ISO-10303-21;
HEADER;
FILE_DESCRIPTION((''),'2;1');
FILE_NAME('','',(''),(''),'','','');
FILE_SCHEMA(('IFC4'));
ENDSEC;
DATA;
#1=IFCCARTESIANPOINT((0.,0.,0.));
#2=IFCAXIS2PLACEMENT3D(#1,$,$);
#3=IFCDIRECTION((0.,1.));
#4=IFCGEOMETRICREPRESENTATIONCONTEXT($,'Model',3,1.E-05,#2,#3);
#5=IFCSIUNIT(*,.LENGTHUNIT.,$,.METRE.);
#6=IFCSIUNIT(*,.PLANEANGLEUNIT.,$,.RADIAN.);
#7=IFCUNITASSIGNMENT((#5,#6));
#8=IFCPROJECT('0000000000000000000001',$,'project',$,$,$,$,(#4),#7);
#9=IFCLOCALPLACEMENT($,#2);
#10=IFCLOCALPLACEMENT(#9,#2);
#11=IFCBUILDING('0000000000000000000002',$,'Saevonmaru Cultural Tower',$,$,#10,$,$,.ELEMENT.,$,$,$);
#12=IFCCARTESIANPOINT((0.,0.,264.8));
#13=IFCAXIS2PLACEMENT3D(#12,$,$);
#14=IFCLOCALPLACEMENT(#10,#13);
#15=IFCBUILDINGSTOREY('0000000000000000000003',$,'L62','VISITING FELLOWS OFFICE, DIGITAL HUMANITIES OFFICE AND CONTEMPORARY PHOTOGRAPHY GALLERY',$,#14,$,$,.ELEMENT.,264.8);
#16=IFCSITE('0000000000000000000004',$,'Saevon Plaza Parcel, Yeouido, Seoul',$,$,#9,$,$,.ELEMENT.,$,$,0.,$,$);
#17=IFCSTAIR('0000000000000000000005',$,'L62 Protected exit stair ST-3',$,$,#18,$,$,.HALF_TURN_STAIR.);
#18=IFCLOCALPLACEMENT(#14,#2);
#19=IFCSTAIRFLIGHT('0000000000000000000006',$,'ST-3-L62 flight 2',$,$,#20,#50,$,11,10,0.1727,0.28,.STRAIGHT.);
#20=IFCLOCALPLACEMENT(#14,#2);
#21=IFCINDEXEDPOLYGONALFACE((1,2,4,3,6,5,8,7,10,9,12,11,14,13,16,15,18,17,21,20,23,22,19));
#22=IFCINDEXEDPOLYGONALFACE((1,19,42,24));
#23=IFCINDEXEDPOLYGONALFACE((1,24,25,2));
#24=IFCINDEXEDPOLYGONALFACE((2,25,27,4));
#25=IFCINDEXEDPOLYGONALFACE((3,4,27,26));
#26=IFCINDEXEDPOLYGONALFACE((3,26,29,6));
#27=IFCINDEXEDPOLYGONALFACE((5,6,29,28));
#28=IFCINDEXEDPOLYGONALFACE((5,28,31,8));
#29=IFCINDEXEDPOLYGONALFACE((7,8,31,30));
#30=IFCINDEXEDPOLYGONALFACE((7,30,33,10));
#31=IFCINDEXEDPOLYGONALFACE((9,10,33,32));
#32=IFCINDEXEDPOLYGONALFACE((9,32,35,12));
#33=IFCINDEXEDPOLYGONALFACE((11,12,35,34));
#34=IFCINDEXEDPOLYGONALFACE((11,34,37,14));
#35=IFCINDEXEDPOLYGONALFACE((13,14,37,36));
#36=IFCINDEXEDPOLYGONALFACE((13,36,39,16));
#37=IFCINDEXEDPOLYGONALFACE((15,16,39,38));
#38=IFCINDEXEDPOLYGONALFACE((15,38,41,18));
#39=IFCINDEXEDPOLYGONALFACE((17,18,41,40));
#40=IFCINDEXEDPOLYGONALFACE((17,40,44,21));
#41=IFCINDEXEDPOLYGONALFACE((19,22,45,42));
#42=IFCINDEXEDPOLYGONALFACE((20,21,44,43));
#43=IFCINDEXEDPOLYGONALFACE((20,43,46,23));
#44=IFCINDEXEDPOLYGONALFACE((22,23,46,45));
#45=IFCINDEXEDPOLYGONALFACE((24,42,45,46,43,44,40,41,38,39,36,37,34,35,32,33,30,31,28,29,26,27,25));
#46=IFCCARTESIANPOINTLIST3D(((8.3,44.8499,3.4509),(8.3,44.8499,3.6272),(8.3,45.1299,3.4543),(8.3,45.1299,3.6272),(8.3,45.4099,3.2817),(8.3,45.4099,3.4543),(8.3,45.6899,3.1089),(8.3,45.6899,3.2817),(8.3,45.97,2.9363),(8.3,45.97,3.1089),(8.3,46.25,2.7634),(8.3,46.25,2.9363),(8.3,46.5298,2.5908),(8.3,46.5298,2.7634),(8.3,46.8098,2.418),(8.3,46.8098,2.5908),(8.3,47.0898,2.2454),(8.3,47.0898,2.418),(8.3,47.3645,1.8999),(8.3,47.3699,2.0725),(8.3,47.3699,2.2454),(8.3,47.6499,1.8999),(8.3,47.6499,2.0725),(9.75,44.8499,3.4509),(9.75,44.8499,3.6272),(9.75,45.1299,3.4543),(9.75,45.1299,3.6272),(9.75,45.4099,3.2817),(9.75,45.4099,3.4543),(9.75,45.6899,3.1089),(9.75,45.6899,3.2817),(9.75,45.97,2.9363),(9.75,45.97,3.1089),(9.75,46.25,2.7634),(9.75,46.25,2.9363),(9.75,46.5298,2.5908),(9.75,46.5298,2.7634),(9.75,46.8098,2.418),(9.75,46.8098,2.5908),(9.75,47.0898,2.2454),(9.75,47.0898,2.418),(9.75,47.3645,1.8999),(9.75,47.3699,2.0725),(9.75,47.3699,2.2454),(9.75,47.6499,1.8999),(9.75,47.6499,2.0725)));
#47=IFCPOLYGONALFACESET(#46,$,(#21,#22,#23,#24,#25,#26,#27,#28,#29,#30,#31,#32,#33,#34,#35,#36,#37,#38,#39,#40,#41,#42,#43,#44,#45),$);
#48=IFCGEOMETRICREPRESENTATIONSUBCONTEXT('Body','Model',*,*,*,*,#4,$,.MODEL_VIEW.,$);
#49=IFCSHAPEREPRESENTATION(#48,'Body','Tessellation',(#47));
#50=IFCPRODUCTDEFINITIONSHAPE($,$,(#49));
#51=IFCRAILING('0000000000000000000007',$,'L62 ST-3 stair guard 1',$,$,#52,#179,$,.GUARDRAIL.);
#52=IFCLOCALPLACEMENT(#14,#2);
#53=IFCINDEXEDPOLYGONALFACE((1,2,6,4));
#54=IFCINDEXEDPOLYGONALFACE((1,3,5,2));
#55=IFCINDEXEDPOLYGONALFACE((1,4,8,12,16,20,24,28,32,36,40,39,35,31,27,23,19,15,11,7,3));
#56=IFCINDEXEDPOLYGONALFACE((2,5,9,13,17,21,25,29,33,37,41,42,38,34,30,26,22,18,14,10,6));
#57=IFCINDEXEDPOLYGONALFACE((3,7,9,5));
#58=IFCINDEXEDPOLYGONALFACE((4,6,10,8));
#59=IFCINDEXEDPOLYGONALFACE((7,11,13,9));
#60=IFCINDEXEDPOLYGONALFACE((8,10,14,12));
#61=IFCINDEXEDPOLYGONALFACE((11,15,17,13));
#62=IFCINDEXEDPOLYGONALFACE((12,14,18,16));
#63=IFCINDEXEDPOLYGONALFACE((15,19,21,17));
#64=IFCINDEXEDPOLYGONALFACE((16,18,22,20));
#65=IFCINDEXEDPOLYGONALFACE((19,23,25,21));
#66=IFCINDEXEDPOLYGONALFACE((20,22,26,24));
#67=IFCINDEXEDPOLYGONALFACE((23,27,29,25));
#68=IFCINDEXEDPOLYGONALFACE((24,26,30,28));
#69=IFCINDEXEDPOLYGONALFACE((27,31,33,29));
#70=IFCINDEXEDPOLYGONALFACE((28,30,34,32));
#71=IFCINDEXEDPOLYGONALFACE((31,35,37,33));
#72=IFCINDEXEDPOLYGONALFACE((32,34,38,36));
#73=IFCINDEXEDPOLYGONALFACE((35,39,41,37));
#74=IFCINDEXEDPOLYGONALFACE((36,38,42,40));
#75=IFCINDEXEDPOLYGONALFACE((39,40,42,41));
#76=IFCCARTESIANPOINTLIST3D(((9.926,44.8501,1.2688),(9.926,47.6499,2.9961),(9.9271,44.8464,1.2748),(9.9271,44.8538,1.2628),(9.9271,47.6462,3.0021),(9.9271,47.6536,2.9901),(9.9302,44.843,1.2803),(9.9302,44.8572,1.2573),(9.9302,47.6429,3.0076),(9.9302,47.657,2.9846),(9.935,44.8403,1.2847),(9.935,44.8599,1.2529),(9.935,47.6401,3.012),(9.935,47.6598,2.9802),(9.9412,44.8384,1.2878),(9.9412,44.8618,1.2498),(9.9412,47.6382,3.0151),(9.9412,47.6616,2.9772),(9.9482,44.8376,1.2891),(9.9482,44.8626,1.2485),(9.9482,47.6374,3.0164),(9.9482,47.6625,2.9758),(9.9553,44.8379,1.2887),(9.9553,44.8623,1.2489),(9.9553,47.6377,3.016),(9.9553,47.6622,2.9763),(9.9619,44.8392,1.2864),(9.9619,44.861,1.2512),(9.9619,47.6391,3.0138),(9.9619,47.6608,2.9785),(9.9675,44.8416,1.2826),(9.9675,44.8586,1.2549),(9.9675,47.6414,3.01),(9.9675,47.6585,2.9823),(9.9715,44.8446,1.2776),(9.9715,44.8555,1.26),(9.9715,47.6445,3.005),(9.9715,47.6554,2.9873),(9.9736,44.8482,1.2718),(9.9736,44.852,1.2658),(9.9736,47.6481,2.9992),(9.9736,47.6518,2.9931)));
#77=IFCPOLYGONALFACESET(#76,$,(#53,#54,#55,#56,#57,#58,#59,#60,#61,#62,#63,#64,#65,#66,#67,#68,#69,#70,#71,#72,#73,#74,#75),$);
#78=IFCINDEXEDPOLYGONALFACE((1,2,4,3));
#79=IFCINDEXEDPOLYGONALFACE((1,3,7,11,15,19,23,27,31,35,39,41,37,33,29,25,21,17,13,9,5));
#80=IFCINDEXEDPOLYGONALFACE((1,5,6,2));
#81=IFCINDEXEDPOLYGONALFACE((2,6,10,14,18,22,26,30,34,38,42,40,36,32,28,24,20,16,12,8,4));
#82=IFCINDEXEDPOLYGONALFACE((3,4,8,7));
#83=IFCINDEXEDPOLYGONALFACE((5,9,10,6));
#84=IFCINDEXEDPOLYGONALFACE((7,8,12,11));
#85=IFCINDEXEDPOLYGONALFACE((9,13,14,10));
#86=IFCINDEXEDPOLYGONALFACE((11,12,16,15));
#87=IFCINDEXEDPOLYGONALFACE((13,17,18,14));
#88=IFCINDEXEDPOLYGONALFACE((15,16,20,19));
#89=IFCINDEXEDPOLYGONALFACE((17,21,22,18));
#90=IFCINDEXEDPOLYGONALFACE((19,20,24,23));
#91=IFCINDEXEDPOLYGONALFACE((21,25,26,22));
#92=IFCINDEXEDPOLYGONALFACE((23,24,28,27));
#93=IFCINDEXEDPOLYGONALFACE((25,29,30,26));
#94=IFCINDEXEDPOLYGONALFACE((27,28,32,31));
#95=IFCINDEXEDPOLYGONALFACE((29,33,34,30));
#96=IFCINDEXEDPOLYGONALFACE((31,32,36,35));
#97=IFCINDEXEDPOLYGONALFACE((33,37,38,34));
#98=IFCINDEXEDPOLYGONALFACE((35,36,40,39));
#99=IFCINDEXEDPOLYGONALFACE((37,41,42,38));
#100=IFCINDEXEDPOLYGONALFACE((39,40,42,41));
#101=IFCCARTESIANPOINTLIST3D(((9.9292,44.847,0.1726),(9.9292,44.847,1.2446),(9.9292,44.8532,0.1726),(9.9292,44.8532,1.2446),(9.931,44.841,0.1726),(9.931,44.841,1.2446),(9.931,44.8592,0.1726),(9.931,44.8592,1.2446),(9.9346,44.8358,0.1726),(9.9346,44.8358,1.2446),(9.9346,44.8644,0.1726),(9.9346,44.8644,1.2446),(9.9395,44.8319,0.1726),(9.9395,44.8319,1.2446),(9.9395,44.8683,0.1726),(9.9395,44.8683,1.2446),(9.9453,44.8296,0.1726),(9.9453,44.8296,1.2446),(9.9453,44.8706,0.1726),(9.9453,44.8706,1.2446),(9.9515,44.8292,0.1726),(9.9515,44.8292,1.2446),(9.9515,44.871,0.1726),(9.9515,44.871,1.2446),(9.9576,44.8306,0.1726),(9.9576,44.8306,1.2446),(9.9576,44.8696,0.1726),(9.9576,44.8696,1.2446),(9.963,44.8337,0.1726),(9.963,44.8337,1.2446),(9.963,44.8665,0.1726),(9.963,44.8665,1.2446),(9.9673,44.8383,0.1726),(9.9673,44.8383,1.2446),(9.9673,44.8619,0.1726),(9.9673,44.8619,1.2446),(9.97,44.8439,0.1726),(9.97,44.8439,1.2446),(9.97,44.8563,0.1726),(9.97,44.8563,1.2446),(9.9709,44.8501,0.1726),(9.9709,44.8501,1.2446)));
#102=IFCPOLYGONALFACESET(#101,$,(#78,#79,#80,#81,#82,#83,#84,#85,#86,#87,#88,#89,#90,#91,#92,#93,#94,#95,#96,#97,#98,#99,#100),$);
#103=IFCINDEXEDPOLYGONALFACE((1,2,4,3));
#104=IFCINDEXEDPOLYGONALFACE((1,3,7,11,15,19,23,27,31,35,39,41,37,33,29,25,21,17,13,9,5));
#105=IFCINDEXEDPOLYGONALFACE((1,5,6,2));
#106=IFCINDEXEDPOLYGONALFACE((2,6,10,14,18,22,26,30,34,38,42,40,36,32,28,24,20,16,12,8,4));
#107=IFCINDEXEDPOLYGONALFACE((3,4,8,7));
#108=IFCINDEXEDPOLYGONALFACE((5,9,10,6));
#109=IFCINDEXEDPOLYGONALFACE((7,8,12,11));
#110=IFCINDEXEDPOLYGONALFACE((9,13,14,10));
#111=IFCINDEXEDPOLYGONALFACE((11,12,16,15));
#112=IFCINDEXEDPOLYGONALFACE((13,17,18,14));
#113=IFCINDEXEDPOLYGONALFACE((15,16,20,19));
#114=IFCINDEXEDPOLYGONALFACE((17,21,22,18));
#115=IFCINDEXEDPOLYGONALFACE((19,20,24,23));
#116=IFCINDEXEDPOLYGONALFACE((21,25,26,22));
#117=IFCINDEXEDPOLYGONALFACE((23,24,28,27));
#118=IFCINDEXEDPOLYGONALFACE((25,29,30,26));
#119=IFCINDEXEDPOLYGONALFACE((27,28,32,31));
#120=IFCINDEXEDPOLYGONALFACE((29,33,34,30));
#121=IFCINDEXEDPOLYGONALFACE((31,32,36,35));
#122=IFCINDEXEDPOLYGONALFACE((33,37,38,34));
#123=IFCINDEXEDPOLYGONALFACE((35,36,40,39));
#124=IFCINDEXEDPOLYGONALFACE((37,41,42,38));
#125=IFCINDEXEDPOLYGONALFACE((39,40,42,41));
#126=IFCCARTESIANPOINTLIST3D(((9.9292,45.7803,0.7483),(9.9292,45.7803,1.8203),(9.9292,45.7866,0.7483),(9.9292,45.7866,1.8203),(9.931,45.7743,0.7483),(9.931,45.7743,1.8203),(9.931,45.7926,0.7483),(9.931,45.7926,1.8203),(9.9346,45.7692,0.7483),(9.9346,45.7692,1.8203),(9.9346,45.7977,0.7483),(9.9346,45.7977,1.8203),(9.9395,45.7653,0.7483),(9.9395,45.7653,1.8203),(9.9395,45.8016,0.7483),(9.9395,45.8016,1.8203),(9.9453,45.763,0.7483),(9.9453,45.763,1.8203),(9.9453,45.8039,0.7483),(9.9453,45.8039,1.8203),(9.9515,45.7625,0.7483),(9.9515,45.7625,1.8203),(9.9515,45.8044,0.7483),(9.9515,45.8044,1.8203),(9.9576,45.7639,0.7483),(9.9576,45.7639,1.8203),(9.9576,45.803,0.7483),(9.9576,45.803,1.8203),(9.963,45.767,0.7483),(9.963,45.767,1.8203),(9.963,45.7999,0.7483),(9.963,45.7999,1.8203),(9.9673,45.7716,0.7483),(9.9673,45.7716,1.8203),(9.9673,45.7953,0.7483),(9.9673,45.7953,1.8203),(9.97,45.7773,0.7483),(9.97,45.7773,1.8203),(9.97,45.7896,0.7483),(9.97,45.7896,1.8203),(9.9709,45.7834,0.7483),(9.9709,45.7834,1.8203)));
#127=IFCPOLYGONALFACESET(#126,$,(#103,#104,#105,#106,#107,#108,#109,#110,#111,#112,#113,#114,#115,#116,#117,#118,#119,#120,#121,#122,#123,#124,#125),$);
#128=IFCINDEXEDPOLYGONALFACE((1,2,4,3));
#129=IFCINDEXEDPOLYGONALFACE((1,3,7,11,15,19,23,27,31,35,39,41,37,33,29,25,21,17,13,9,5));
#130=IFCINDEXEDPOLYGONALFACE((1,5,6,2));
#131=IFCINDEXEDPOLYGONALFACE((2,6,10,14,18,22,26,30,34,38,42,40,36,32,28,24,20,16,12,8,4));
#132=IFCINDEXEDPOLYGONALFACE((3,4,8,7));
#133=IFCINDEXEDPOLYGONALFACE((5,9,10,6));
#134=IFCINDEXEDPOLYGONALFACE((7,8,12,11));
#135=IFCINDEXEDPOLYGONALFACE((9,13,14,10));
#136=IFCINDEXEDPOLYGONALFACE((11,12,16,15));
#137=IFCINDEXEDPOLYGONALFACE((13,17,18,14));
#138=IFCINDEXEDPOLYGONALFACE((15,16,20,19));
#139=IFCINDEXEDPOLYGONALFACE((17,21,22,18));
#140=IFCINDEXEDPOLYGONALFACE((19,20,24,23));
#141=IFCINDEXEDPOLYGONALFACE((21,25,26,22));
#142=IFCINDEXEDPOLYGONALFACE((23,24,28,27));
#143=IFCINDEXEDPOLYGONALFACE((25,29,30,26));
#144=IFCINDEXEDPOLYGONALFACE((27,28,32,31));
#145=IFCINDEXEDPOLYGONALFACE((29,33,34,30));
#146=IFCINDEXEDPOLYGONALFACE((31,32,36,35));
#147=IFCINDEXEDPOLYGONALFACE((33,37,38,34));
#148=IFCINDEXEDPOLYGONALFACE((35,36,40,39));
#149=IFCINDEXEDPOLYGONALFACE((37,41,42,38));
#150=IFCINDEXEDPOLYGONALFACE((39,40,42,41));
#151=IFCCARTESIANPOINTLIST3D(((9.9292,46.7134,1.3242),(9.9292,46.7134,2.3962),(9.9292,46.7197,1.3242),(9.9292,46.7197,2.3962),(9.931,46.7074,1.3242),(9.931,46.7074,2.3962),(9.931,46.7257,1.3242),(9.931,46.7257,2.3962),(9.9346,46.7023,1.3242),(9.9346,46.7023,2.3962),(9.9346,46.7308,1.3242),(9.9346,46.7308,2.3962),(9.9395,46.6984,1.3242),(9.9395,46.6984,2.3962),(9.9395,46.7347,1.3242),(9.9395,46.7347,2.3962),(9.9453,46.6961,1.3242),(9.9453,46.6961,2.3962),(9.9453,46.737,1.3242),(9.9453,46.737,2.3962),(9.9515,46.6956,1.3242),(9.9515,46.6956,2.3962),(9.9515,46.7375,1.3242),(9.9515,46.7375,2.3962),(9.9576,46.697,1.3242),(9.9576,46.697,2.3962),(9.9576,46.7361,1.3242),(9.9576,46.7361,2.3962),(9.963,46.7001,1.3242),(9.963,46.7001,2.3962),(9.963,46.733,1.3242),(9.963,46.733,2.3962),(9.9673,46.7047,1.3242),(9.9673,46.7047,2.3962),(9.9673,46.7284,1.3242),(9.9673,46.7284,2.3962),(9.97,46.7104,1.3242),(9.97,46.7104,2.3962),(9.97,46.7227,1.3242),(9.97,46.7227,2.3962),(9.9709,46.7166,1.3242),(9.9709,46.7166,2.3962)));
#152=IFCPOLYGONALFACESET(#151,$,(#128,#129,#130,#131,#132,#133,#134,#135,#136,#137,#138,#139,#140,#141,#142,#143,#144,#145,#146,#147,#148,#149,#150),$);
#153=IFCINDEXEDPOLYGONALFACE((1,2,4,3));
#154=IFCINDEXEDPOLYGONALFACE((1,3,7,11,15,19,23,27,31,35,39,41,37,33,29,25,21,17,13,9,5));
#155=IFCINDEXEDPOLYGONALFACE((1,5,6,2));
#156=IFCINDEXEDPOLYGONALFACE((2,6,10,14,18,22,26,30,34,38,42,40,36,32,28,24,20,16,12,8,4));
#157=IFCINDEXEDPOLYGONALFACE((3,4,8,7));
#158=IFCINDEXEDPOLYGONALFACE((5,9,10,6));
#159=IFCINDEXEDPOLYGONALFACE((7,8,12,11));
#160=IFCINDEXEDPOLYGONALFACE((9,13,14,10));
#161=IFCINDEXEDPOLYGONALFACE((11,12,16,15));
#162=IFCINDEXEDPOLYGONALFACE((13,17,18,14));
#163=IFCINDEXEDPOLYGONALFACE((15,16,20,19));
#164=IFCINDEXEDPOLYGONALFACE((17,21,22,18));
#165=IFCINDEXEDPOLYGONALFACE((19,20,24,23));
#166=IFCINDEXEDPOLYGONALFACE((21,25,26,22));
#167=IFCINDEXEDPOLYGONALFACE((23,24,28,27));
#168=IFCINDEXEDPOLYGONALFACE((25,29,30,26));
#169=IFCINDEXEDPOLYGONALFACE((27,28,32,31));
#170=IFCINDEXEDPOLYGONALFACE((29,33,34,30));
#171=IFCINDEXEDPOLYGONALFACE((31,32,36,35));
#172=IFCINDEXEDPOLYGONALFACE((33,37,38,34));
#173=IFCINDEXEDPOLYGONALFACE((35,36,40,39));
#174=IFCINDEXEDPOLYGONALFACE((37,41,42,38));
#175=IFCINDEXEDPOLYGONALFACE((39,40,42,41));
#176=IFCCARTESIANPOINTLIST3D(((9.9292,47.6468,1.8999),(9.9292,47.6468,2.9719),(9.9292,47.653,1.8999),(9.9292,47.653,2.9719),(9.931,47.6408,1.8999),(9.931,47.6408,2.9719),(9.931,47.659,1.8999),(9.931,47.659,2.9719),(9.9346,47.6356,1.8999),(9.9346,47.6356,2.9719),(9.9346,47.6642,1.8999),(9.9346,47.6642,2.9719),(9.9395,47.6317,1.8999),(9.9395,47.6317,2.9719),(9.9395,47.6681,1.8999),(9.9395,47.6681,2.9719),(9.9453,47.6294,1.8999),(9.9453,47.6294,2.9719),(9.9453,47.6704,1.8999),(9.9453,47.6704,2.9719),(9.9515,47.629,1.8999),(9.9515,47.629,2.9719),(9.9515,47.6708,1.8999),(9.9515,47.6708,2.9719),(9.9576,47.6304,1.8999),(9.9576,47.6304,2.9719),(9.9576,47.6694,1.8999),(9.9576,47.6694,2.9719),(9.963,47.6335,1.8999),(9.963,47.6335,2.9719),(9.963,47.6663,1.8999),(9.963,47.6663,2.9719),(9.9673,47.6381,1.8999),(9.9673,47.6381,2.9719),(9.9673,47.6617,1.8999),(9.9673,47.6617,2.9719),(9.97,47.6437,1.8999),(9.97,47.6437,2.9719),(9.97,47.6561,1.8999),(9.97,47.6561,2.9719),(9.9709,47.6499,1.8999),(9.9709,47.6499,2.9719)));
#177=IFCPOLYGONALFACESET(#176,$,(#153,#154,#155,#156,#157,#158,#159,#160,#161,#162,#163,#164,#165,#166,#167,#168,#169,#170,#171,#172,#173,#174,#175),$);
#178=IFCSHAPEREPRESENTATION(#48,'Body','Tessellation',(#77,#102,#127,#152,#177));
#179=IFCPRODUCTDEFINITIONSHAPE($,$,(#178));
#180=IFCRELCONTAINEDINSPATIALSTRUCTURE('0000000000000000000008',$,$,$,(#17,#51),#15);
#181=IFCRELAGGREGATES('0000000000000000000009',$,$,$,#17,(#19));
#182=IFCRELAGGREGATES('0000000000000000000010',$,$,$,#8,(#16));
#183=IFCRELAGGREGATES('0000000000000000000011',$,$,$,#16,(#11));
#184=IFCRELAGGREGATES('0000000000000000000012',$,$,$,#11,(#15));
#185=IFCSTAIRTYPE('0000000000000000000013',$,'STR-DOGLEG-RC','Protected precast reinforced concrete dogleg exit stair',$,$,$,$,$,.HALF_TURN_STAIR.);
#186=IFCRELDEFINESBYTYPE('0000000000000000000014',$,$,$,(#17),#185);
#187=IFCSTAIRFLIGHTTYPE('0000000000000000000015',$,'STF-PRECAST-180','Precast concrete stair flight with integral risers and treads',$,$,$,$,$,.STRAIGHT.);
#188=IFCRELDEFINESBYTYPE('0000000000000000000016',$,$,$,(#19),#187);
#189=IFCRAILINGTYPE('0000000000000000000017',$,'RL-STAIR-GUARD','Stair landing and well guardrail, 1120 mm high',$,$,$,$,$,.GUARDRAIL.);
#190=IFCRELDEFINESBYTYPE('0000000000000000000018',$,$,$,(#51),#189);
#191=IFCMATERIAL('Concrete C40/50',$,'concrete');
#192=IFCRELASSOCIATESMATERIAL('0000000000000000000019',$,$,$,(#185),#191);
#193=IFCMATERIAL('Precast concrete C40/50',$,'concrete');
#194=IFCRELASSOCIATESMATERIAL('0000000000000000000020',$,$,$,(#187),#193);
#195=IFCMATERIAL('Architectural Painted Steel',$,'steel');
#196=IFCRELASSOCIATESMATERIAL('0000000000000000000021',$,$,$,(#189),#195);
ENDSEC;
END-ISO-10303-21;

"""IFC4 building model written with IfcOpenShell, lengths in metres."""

from ifc_helpers import new_model, si_unit, direction, frame, origin, origin_2d, place, context, subcontext, project, spatial, polyline, circle, outline, extrude, material, type_object, element, aggregate, save


model = new_model("IFC4")

# Units and contexts
model_context = context("Model", 3, precision=1e-05, world=origin(), true_north=direction((0.0, 1.0)))
body_context = subcontext(model_context, "Body", "Model", "MODEL_VIEW")
ifc_project = project(units=[si_unit("LENGTHUNIT", "METRE"), si_unit("PLANEANGLEUNIT", "RADIAN")], contexts=[model_context])

# Site, building, storey
site_placement = place(None, origin())
site = spatial("IfcSite", under=ifc_project, at=site_placement, Name="Saevon Plaza Parcel, Yeouido, Seoul", CompositionType="ELEMENT", RefElevation=0.0)
building_placement = place(site_placement, origin())
building = spatial("IfcBuilding", under=site, at=building_placement, Name="Saevonmaru Cultural Tower", CompositionType="ELEMENT")
storey_placement = place(building_placement, frame((0.0, 0.0, 264.8)))
storey = spatial("IfcBuildingStorey", under=building, at=storey_placement, Name="L62", Description="VISITING FELLOWS OFFICE, DIGITAL HUMANITIES OFFICE AND CONTEMPORARY PHOTOGRAPHY GALLERY", CompositionType="ELEMENT", Elevation=264.8)

# Shared definitions
ifc_material_1 = material(Name="Concrete C40/50", Category="concrete")

# Stair, stair flight
stair_type = type_object("IfcStairType", Name="STR-DOGLEG-RC", Description="Protected precast reinforced concrete dogleg exit stair", PredefinedType="HALF_TURN_STAIR", material=ifc_material_1)
stair_placement = place(storey_placement, origin())
stair = element("IfcStair", 1, at=stair_placement, inside=storey, type_object=stair_type, Name="L62 Protected exit stair ST-3", PredefinedType="HALF_TURN_STAIR")
ifc_material_2 = material(Name="Precast concrete C40/50", Category="concrete")
stair_flight_type = type_object("IfcStairFlightType", Name="STF-PRECAST-180", Description="Precast concrete stair flight with integral risers and treads", PredefinedType="STRAIGHT", material=ifc_material_2)
stair_flight_1_placement = place(storey_placement, frame((9.0249, 47.6499, 1.8999), z_axis=(0.0, 0.0, 1.0), x_axis=(0.0, -1.0, 0.0)))
stair_flight_1 = element("IfcStairFlight", 2, at=stair_flight_1_placement, type_object=stair_flight_type, Name="ST-3-L62 flight 2", NumberOfRisers=11, NumberOfTreads=10, PredefinedType="STRAIGHT", RiserHeight=0.1727, TreadLength=0.28, context=body_context, shape_type="SweptSolid", body=[
    extrude(outline(polyline([(0.0, 0.0), (0.0, 0.1726), (0.28, 0.1726), (0.28, 0.3455), (0.5601, 0.3455), (0.5601, 0.5181), (0.8401, 0.5181), (0.8401, 0.6909), (1.1201, 0.6909), (1.1201, 0.8635), (1.3999, 0.8635), (1.3999, 1.0364), (1.6799, 1.0364), (1.6799, 1.209), (1.96, 1.209), (1.96, 1.3818), (2.24, 1.3818), (2.24, 1.5544), (2.52, 1.5544), (2.52, 1.7273), (2.8, 1.7273), (2.8, 1.8999), (2.8, 1.551), (0.2854, 0.0), (0.0, 0.0)])), frame((0.0, 0.7251, 0.0), z_axis=(0.0, -1.0, 0.0), x_axis=(1.0, 0.0, 0.0)), (0.0, 0.0, 1.0), 1.45),
])
aggregate(stair, [stair_flight_1])

# Railing
ifc_material_3 = material(Name="Architectural Painted Steel", Category="steel")
railing_type_1 = type_object("IfcRailingType", Name="RL-STAIR-GUARD", Description="Stair landing and well guardrail, 1120 mm high", PredefinedType="GUARDRAIL", material=ifc_material_3)
railing_1_placement = place(storey_placement, frame((9.95, 44.8501, 0.1726)))
element("IfcRailing", 3, at=railing_1_placement, inside=storey, type_object=railing_type_1, Name="L62 ST-3 stair guard 1", PredefinedType="GUARDRAIL", context=body_context, shape_type="SweptSolid", body=[
    extrude(circle(Radius=0.0239, at=origin_2d()), frame((0.0, 0.0, 1.0962), z_axis=(0.0, 0.851069, 0.525054), x_axis=(-1.0, 0.0, 0.0)), (0.0, 0.0, 1.0), 3.2898),
    extrude(circle(Radius=0.021, at=origin_2d()), origin(), (0.0, 0.0, 1.0), 1.072),
    extrude(circle(Radius=0.021, at=origin_2d()), frame((0.0, 0.9333, 0.5757)), (0.0, 0.0, 1.0), 1.072),
    extrude(circle(Radius=0.021, at=origin_2d()), frame((0.0, 1.8665, 1.1516)), (0.0, 0.0, 1.0), 1.072),
    extrude(circle(Radius=0.021, at=origin_2d()), frame((0.0, 2.7998, 1.7273)), (0.0, 0.0, 1.0), 1.072),
])

save(model, "model.ifc")
